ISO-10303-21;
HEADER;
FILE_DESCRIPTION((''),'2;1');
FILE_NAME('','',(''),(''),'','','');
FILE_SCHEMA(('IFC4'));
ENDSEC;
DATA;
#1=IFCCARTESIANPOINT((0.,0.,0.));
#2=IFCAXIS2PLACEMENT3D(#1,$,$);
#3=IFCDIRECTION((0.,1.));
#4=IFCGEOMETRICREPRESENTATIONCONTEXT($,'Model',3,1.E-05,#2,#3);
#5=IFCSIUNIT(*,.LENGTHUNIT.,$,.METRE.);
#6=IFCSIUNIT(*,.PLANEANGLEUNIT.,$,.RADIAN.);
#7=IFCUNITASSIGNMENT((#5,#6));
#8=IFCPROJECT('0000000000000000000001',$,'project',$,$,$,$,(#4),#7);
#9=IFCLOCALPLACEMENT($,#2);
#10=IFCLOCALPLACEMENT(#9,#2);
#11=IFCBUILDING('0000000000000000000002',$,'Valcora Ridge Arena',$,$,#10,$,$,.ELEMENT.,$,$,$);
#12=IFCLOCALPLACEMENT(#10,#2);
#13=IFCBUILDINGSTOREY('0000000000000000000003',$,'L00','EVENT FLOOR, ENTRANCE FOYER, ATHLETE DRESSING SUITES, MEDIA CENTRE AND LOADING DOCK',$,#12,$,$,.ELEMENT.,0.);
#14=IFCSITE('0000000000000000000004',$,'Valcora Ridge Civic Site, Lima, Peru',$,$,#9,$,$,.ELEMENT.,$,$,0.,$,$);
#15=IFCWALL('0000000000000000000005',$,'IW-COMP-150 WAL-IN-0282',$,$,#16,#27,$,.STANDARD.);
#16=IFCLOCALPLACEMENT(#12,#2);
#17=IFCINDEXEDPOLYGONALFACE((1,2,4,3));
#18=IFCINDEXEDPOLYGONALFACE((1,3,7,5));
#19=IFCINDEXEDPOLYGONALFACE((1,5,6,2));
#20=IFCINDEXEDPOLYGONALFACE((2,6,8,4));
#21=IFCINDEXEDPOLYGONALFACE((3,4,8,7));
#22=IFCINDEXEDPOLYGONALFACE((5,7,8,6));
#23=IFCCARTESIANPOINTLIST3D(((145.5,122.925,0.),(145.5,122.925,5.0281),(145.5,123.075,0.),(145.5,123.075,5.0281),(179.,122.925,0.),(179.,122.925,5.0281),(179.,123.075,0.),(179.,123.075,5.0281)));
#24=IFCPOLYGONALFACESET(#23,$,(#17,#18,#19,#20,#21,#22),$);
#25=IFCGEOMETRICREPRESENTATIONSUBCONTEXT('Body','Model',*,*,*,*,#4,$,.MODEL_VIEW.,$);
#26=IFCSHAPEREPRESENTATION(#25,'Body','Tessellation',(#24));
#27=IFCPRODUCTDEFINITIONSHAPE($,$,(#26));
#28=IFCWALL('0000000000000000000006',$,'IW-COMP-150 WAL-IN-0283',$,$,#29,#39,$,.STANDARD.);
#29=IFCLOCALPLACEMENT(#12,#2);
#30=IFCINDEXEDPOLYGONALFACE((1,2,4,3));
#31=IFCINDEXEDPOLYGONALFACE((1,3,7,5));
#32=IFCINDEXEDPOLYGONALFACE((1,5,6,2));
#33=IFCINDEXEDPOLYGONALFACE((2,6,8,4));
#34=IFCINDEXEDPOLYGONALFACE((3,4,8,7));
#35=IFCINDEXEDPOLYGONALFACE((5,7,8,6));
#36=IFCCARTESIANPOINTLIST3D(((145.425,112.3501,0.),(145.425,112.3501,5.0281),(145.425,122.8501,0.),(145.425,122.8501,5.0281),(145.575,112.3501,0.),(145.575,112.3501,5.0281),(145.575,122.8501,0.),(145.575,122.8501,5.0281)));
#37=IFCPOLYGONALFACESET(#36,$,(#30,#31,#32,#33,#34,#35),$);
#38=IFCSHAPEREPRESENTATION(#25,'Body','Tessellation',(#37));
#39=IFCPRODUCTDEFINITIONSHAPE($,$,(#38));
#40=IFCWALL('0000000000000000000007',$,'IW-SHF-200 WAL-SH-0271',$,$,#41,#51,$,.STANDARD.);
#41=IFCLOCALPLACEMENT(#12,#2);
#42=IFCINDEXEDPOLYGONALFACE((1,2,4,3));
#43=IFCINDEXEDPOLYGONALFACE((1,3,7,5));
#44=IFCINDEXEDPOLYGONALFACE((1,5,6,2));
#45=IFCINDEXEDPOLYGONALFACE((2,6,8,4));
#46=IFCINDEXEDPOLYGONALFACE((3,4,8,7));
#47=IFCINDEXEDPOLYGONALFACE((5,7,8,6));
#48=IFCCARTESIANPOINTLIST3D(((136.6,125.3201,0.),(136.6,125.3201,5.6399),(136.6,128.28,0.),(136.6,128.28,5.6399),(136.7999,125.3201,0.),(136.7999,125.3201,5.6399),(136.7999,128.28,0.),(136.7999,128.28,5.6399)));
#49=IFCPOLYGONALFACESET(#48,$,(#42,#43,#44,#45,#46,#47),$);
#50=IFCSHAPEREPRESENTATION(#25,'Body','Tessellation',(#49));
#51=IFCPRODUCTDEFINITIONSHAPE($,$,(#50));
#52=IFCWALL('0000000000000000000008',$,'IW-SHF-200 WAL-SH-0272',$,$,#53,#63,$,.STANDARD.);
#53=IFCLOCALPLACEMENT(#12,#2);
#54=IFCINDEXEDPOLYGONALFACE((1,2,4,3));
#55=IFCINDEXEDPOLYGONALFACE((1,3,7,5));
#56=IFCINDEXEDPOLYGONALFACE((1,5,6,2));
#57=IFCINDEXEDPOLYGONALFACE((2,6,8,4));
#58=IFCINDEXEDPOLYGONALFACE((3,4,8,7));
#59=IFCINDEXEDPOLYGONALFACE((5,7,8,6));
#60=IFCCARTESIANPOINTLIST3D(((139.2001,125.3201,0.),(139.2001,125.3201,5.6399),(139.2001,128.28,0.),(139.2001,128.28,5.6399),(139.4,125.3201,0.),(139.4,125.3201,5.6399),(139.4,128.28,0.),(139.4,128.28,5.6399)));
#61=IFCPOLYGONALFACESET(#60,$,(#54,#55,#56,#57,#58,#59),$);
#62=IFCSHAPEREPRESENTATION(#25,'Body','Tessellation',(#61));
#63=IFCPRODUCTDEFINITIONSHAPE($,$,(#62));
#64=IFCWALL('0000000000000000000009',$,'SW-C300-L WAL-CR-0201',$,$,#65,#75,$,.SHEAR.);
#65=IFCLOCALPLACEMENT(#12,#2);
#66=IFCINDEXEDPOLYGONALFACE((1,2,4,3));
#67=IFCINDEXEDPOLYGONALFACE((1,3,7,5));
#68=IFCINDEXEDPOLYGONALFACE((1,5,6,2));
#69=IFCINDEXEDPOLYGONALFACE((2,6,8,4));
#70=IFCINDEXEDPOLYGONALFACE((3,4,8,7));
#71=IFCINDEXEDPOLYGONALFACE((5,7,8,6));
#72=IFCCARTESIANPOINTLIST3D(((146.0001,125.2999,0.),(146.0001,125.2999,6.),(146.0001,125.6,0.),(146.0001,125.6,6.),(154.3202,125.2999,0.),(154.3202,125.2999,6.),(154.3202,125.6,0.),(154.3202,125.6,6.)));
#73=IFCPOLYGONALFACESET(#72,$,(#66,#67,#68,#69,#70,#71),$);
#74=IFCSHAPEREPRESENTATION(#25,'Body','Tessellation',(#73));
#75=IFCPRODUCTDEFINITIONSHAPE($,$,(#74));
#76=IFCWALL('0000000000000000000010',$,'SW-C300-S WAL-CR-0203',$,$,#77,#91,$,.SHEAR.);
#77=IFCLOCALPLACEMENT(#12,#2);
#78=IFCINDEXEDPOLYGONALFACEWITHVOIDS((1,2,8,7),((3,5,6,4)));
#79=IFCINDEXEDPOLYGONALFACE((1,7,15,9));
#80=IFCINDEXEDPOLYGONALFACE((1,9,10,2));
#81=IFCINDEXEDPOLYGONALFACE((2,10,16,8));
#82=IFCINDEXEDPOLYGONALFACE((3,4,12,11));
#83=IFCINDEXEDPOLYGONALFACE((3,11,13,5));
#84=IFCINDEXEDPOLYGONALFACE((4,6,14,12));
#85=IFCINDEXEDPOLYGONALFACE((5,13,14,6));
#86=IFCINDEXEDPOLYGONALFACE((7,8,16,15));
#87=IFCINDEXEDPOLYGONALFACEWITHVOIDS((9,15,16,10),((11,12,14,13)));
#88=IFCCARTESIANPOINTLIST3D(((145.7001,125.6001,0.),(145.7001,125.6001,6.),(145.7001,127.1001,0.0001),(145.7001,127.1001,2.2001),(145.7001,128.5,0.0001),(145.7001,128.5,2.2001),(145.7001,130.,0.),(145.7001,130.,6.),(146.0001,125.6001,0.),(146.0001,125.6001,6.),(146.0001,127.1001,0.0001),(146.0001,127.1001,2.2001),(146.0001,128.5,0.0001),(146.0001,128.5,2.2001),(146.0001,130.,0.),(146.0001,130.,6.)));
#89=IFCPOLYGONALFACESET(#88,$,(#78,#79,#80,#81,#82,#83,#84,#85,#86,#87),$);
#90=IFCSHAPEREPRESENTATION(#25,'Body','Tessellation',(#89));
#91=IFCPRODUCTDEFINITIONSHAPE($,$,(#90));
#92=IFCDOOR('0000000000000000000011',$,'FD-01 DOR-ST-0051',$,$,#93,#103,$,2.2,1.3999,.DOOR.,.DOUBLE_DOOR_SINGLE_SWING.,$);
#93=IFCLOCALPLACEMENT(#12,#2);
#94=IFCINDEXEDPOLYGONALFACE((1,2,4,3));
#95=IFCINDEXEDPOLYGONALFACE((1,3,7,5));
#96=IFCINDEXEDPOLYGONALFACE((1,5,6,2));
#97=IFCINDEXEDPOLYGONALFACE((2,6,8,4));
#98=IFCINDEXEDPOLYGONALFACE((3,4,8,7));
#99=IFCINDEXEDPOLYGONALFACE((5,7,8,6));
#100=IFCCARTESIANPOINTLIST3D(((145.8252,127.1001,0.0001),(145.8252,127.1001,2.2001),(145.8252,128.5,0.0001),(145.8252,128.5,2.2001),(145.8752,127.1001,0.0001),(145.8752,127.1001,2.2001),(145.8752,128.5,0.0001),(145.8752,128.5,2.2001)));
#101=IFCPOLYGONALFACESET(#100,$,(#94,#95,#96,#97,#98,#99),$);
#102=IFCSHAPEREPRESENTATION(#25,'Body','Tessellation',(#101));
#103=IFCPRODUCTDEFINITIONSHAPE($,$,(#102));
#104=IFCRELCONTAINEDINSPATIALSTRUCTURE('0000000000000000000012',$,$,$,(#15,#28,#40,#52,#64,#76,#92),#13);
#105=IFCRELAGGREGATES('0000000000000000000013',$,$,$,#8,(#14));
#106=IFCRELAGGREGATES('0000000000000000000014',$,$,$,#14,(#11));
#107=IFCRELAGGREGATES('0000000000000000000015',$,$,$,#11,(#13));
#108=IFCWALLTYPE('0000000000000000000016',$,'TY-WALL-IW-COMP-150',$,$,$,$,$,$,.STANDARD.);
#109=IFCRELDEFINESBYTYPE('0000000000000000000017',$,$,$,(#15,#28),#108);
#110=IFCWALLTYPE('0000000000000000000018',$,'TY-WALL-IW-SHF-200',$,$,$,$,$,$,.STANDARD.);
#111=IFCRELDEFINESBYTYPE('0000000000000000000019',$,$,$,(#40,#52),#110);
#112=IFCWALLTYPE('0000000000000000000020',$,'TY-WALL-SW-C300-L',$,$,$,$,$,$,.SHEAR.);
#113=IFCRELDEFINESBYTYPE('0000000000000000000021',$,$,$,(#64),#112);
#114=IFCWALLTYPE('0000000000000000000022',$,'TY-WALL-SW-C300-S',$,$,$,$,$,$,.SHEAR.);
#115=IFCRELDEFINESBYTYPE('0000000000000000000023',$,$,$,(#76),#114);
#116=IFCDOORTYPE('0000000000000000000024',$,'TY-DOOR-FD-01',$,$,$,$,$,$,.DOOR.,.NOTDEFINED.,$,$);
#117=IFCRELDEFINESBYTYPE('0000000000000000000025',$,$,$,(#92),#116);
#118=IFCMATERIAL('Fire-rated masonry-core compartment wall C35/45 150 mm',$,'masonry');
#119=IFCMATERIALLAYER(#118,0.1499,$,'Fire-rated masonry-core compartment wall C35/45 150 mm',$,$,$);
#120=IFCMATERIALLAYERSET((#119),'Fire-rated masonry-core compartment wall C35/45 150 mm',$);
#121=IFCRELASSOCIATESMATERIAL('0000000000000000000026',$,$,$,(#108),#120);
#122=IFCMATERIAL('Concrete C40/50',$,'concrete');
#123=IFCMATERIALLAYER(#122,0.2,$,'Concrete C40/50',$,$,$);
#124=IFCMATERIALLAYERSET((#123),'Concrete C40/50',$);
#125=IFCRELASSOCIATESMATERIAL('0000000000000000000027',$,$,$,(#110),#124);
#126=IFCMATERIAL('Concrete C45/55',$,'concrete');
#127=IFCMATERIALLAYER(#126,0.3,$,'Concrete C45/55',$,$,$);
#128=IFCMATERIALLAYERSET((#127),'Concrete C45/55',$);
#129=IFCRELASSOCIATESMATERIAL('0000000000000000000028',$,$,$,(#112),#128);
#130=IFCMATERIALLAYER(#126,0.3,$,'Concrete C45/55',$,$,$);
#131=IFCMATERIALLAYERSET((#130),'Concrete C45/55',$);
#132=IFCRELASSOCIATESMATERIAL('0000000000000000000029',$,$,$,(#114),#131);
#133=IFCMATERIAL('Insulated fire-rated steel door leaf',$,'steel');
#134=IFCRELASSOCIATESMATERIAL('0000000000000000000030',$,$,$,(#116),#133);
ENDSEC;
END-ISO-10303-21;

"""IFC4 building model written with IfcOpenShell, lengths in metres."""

from ifc_helpers import new_model, si_unit, direction, frame, frame_2d, origin, place, context, subcontext, project, spatial, rectangle, extrude, material, layer, layer_set, type_object, element, fill, save


model = new_model("IFC4")

# Units and contexts
model_context = context("Model", 3, precision=1e-05, world=origin(), true_north=direction((0.0, 1.0)))
body_context = subcontext(model_context, "Body", "Model", "MODEL_VIEW")
ifc_project = project(units=[si_unit("LENGTHUNIT", "METRE"), si_unit("PLANEANGLEUNIT", "RADIAN")], contexts=[model_context])

# Site, building, storey
site_placement = place(None, origin())
site = spatial("IfcSite", under=ifc_project, at=site_placement, Name="Valcora Ridge Civic Site, Lima, Peru", CompositionType="ELEMENT", RefElevation=0.0)
building_placement = place(site_placement, origin())
building = spatial("IfcBuilding", under=site, at=building_placement, Name="Valcora Ridge Arena", CompositionType="ELEMENT")
storey_placement = place(building_placement, origin())
storey = spatial("IfcBuildingStorey", under=building, at=storey_placement, Name="L00", Description="EVENT FLOOR, ENTRANCE FOYER, ATHLETE DRESSING SUITES, MEDIA CENTRE AND LOADING DOCK", CompositionType="ELEMENT", Elevation=0.0)

# Shared definitions
ifc_material_1 = material(Name="Concrete C40/50", Category="concrete")

# Shared definitions
ifc_material_2 = material(Name="Fire-rated masonry-core compartment wall C35/45 150 mm", Category="masonry")
ifc_layer_1 = layer(ifc_material_2, 0.1499, Name="Fire-rated masonry-core compartment wall C35/45 150 mm")
ifc_layer_set_1 = layer_set([ifc_layer_1], Name="Fire-rated masonry-core compartment wall C35/45 150 mm")
wall_type_1 = type_object("IfcWallType", Name="TY-WALL-IW-COMP-150", PredefinedType="STANDARD", material=ifc_layer_set_1)
ifc_material_3 = material(Name="Insulated fire-rated steel door leaf", Category="steel")

# Walls
wall_1_placement = place(storey_placement, frame((145.5, 123.0, 0.0), z_axis=(0.0, 0.0, 1.0), x_axis=(1.0, 0.0, 0.0)))
element("IfcWall", 1, at=wall_1_placement, inside=storey, type_object=wall_type_1, Name="IW-COMP-150 WAL-IN-0282", PredefinedType="STANDARD", context=body_context, shape_type="SweptSolid", body=[
    extrude(rectangle(XDim=33.5, YDim=0.1499, at=frame_2d((16.75, 0.0))), origin(), (0.0, 0.0, 1.0), 5.0281),
])
wall_2_placement = place(storey_placement, frame((145.5, 112.3501, 0.0), z_axis=(0.0, 0.0, 1.0), x_axis=(0.0, 1.0, 0.0)))
element("IfcWall", 2, at=wall_2_placement, inside=storey, type_object=wall_type_1, Name="IW-COMP-150 WAL-IN-0283", PredefinedType="STANDARD", context=body_context, shape_type="SweptSolid", body=[
    extrude(rectangle(XDim=10.5, YDim=0.1499, at=frame_2d((5.25, 0.0))), origin(), (0.0, 0.0, 1.0), 5.0281),
])

# Shared definitions
ifc_layer_2 = layer(ifc_material_1, 0.2, Name="Concrete C40/50")
ifc_layer_set_2 = layer_set([ifc_layer_2], Name="Concrete C40/50")
wall_type_2 = type_object("IfcWallType", Name="TY-WALL-IW-SHF-200", PredefinedType="STANDARD", material=ifc_layer_set_2)

# Walls
for number, where, z_axis, x_axis, name in (
    (3, (136.7, 125.3201, 0.0), (0.0, 0.0, 1.0), (0.0, 1.0, 0.0), "IW-SHF-200 WAL-SH-0271"),
    (4, (139.3, 125.3201, 0.0), (0.0, 0.0, 1.0), (0.0, 1.0, 0.0), "IW-SHF-200 WAL-SH-0272"),
):
    element("IfcWall", number, at=place(storey_placement, frame(where, z_axis=z_axis, x_axis=x_axis)), inside=storey, type_object=wall_type_2, Name=name, PredefinedType="STANDARD", context=body_context, shape_type="SweptSolid", body=[
        extrude(rectangle(XDim=2.96, YDim=0.2, at=frame_2d((1.48, 0.0))), origin(), (0.0, 0.0, 1.0), 5.6399),
    ])
ifc_material_4 = material(Name="Concrete C45/55", Category="concrete")
ifc_layer_3 = layer(ifc_material_4, 0.3, Name="Concrete C45/55")
ifc_layer_set_3 = layer_set([ifc_layer_3], Name="Concrete C45/55")
wall_type_3 = type_object("IfcWallType", Name="TY-WALL-SW-C300-L", PredefinedType="SHEAR", material=ifc_layer_set_3)
wall_3_placement = place(storey_placement, frame((146.0, 125.45, 0.0), z_axis=(0.0, 0.0, 1.0), x_axis=(1.0, 0.0, 0.0)))
element("IfcWall", 5, at=wall_3_placement, inside=storey, type_object=wall_type_3, Name="SW-C300-L WAL-CR-0201", PredefinedType="SHEAR", context=body_context, shape_type="SweptSolid", body=[
    extrude(rectangle(XDim=8.3201, YDim=0.3, at=frame_2d((4.1602, 0.0))), origin(), (0.0, 0.0, 1.0), 6.0),
])

# Wall, opening, door
ifc_layer_4 = layer(ifc_material_4, 0.3, Name="Concrete C45/55")
ifc_layer_set_4 = layer_set([ifc_layer_4], Name="Concrete C45/55")
wall_type_4 = type_object("IfcWallType", Name="TY-WALL-SW-C300-S", PredefinedType="SHEAR", material=ifc_layer_set_4)
wall_4_placement = place(storey_placement, frame((145.8501, 125.6001, 0.0), z_axis=(0.0, 0.0, 1.0), x_axis=(0.0, 1.0, 0.0)))
wall_4 = element("IfcWall", 6, at=wall_4_placement, inside=storey, type_object=wall_type_4, Name="SW-C300-S WAL-CR-0203", PredefinedType="SHEAR", context=body_context, shape_type="SweptSolid", body=[
    extrude(rectangle(XDim=4.3999, YDim=0.3, at=frame_2d((2.2, 0.0))), origin(), (0.0, 0.0, 1.0), 6.0),
])
opening_1_placement = place(wall_4_placement, frame((1.5, 0.0, 0.0)))
opening_1 = element("IfcOpeningElement", 7, at=opening_1_placement, cuts=wall_4, PredefinedType="OPENING", context=body_context, shape_type="SweptSolid", body=[
    extrude(rectangle(XDim=1.3999, YDim=2.2, at=frame_2d((0.7, 1.1001))), frame((0.0, 0.1599, 0.0), z_axis=(0.0, -1.0, 0.0), x_axis=(1.0, 0.0, 0.0)), (0.0, 0.0, 1.0), 0.3201),
])
door_type_1 = type_object("IfcDoorType", Name="TY-DOOR-FD-01", OperationType="NOTDEFINED", PredefinedType="DOOR", material=ifc_material_3)
door_1_placement = place(opening_1_placement, origin())
door_1 = element("IfcDoor", 8, at=door_1_placement, inside=storey, type_object=door_type_1, Name="FD-01 DOR-ST-0051", OperationType="DOUBLE_DOOR_SINGLE_SWING", OverallHeight=2.2, OverallWidth=1.3999, PredefinedType="DOOR", context=body_context, shape_type="SweptSolid", body=[
    extrude(rectangle(XDim=1.3999, YDim=2.2, at=frame_2d((0.7, 1.1001))), frame((0.0, 0.0249, 0.0), z_axis=(0.0, -1.0, 0.0), x_axis=(1.0, 0.0, 0.0)), (0.0, 0.0, 1.0), 0.05),
])
fill(opening_1, door_1)

save(model, "model.ifc")
